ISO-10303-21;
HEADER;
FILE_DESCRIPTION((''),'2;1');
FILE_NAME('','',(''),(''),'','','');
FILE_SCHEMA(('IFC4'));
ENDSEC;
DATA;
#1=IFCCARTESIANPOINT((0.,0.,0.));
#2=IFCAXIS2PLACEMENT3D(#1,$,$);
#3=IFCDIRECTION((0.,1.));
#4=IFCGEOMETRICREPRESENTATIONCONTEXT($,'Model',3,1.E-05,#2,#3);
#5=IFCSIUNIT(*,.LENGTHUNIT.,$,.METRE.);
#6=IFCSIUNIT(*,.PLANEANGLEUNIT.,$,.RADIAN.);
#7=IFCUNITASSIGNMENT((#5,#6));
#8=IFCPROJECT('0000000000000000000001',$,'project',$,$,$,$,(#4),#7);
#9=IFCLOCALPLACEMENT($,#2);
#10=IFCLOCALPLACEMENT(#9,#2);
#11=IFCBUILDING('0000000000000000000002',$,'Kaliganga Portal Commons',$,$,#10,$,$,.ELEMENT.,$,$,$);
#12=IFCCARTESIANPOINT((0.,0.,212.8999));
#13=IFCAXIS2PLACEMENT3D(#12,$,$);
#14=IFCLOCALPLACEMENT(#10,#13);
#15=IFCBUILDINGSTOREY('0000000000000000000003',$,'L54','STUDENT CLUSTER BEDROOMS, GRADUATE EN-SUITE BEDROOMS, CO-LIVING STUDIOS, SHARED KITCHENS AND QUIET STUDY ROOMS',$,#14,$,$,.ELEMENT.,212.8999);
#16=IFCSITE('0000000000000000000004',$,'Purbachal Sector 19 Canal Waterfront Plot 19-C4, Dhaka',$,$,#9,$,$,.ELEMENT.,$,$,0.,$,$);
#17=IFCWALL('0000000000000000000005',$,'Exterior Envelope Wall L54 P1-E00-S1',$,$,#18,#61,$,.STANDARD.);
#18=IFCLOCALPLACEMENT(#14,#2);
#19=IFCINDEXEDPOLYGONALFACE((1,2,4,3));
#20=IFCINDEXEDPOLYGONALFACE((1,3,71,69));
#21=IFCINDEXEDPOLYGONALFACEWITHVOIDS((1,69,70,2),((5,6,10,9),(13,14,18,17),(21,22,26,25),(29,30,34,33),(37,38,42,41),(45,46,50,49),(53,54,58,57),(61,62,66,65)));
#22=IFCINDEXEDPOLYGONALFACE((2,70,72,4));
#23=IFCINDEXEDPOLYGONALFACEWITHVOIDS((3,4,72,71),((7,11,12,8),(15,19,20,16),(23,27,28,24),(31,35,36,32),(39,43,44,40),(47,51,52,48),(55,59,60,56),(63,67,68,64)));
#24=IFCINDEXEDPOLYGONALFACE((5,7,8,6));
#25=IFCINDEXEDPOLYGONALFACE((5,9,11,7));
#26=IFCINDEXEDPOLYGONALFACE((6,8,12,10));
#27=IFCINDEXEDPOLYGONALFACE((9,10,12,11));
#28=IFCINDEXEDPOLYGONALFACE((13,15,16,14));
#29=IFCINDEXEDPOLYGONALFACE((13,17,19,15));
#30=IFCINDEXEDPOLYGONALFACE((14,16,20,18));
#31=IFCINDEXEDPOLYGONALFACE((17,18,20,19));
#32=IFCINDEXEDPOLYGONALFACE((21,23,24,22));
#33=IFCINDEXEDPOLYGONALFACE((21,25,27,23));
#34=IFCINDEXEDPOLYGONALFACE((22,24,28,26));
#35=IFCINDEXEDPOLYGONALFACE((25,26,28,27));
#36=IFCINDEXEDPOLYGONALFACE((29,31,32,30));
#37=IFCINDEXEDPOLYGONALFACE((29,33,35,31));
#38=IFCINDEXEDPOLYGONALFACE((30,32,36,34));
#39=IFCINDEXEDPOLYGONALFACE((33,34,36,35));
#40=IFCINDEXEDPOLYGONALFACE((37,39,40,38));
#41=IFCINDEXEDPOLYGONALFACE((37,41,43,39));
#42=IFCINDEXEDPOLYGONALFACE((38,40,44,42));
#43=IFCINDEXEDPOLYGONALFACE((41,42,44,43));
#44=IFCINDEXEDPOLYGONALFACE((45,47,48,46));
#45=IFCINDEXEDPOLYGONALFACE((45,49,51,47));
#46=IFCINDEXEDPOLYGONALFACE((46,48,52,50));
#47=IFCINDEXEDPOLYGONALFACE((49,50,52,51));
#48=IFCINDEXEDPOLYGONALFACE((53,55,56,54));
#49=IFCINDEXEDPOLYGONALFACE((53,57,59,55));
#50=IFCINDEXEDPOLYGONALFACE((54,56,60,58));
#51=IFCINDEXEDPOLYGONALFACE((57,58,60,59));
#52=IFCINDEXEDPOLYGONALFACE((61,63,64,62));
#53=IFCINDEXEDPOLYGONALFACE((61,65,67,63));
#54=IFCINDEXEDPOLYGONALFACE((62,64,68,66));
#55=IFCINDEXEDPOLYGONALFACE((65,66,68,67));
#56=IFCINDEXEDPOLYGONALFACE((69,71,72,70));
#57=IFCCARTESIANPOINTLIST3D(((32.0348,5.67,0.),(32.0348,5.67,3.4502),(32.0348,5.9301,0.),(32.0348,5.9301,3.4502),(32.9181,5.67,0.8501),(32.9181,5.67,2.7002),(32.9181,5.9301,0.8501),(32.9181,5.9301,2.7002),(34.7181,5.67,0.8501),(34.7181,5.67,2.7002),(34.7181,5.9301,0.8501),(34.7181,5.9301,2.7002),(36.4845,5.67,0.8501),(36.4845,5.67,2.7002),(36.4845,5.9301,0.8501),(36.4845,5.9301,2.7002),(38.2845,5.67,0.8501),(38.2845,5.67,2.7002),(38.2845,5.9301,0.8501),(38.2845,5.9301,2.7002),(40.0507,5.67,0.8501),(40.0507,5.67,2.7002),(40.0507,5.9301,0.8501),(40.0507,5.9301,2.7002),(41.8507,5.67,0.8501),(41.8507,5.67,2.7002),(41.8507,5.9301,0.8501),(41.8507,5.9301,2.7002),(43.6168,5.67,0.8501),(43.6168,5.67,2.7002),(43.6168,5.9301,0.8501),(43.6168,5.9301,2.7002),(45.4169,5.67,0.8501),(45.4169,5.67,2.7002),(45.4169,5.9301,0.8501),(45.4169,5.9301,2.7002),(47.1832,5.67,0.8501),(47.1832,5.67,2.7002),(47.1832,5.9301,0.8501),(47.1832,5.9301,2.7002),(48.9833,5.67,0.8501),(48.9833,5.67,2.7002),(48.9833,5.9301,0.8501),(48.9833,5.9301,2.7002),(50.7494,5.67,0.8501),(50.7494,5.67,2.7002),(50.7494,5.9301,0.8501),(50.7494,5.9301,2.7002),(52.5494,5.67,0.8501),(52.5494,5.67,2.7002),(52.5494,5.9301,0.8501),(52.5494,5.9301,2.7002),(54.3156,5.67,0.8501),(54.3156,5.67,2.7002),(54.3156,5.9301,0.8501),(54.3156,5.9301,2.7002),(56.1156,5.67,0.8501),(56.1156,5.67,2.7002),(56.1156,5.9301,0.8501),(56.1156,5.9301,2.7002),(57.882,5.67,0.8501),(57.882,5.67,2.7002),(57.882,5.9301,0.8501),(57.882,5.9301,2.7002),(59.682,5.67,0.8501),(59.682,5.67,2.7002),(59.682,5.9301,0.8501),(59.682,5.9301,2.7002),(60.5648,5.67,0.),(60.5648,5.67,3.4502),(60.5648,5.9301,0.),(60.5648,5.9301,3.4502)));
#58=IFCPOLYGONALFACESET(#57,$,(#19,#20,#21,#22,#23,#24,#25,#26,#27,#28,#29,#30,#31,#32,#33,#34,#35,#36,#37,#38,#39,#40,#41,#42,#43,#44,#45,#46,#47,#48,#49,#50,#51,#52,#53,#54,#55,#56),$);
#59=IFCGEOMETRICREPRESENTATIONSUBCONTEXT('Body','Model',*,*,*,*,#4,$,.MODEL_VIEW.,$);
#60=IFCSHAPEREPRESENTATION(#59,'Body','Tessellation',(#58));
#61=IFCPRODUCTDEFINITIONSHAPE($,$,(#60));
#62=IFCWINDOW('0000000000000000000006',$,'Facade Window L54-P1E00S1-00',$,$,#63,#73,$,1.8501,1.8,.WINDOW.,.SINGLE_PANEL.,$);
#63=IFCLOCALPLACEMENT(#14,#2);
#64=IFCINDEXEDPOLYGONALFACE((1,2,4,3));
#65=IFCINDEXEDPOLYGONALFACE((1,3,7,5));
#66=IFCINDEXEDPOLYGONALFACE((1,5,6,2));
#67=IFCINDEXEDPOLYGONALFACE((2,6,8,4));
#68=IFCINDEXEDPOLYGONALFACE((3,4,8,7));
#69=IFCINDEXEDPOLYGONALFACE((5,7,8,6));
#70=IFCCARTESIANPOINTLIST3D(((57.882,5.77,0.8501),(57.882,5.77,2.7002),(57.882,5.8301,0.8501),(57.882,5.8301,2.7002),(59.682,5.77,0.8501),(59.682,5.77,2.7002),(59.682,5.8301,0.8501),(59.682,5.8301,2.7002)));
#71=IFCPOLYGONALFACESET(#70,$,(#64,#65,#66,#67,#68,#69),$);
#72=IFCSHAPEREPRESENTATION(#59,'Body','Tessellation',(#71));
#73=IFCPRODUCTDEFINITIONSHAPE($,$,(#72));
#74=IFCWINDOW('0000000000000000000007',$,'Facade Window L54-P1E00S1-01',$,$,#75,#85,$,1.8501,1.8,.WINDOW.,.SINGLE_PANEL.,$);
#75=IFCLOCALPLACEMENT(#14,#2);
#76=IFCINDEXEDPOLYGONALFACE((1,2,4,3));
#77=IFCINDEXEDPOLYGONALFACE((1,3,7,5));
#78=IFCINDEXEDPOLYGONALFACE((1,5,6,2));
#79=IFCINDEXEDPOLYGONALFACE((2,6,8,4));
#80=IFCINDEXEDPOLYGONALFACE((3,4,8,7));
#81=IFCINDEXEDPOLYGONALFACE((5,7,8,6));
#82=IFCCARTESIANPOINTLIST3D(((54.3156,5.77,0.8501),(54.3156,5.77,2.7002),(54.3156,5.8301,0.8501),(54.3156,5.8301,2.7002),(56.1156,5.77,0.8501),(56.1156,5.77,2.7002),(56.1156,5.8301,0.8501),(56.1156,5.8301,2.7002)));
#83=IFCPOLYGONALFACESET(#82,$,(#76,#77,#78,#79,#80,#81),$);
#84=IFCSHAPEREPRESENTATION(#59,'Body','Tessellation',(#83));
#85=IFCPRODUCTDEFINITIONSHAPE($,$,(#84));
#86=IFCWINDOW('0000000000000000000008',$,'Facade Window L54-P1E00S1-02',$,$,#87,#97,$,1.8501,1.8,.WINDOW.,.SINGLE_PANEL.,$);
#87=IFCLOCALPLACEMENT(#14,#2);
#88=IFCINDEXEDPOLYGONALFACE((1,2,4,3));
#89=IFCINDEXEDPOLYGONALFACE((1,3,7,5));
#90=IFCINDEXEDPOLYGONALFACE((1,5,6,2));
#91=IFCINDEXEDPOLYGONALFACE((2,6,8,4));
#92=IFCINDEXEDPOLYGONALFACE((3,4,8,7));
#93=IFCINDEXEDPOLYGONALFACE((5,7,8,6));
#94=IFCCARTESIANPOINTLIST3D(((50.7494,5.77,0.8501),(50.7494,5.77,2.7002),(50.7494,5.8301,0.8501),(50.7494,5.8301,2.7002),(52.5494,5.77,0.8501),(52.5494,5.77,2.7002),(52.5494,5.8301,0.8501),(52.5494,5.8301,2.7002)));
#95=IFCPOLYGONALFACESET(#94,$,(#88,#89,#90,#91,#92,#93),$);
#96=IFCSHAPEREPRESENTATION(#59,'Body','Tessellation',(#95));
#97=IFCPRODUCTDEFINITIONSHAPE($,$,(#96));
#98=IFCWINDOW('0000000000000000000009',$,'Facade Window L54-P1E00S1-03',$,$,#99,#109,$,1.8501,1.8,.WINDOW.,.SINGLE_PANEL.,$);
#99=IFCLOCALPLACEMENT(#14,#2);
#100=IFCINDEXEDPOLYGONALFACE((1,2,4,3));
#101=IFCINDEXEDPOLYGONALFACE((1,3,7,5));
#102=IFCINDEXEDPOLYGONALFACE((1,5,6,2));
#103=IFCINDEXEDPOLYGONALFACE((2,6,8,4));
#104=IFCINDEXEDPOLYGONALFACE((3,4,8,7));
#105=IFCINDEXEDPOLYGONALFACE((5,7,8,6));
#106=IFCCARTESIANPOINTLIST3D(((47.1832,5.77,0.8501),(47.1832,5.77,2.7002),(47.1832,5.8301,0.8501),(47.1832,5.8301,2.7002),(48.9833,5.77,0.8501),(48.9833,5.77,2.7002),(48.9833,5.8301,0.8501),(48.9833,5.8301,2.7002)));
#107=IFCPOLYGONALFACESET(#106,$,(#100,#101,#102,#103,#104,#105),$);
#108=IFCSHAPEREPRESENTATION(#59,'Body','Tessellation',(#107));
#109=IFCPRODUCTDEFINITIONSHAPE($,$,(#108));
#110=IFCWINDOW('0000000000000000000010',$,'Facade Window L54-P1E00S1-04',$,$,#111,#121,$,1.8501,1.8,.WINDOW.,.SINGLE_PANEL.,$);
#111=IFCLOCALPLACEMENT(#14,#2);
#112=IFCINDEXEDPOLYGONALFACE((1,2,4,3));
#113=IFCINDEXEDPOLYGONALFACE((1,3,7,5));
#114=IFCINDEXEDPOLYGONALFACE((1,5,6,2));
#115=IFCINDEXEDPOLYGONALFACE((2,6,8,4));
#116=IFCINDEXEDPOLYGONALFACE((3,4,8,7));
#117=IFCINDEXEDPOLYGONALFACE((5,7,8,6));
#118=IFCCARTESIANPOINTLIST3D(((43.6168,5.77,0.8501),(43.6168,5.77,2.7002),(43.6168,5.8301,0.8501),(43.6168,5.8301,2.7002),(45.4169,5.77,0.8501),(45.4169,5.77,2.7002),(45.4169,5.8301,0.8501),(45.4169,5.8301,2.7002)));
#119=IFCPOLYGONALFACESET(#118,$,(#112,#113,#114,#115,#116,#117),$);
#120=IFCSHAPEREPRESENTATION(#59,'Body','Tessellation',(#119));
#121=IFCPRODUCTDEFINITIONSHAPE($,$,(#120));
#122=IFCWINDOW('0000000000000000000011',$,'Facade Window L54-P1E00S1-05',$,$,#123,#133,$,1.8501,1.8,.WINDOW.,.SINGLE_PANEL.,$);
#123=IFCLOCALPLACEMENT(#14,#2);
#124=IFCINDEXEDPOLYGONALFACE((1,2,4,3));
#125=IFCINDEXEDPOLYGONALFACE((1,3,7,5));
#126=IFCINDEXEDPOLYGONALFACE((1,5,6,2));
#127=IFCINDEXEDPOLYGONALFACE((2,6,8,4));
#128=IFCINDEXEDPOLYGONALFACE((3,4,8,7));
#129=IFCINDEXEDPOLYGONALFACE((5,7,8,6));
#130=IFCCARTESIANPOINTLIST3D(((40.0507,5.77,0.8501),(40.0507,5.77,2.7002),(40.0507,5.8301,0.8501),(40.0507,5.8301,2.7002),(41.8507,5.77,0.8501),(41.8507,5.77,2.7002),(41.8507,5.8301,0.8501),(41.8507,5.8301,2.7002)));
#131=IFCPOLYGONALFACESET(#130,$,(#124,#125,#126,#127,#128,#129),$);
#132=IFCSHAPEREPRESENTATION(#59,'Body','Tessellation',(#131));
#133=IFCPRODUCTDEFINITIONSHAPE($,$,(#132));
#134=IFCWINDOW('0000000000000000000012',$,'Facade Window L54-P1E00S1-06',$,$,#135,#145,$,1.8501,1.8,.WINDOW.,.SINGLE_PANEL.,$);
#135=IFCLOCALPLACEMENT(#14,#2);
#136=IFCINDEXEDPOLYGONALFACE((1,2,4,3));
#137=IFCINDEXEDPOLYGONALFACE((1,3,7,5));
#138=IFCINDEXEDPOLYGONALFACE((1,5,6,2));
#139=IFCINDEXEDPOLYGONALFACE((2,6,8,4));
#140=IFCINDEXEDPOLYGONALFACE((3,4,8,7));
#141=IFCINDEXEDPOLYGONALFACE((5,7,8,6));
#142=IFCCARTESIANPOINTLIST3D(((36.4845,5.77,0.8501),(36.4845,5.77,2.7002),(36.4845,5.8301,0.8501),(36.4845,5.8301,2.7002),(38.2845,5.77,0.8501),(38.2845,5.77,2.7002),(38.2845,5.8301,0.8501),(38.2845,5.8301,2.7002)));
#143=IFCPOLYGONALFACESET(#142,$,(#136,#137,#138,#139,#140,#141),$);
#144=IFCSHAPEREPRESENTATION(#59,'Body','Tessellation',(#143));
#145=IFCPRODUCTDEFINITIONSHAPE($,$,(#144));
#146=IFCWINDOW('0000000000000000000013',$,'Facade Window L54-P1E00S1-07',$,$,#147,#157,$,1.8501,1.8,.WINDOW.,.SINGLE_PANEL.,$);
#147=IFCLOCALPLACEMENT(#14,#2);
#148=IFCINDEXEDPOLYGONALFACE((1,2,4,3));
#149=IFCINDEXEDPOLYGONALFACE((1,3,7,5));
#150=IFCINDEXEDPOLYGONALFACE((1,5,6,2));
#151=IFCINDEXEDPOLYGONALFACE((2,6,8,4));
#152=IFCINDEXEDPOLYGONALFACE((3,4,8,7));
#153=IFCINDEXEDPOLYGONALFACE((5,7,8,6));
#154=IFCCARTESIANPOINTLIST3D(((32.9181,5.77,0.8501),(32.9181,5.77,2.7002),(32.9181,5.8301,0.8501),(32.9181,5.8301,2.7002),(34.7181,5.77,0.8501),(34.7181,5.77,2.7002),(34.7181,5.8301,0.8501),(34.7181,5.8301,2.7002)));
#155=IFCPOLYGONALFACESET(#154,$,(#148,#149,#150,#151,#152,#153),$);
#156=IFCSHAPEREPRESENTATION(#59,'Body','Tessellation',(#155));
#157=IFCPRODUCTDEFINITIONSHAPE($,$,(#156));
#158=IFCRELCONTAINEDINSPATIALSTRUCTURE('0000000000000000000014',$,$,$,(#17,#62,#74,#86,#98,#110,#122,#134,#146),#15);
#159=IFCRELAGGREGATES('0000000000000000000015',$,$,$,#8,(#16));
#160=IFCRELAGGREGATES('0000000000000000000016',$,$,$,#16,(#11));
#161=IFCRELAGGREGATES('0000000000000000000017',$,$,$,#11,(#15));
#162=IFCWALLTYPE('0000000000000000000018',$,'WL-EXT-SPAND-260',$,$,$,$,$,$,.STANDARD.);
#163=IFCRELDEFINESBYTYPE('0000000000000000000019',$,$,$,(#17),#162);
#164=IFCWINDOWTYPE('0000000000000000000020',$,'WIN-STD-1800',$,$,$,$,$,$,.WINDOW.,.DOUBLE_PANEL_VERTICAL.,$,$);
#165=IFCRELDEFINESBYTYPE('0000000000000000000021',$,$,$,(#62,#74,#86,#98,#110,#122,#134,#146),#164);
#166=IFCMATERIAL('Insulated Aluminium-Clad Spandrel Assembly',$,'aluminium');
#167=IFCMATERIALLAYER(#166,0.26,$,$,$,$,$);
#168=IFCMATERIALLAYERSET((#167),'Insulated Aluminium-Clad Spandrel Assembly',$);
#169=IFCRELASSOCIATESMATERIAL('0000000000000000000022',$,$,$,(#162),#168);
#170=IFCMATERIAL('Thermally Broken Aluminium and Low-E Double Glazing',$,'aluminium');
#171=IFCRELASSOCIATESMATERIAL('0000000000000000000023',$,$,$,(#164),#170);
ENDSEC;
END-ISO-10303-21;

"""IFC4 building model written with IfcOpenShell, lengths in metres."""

from ifc_helpers import new_model, si_unit, direction, frame, frame_2d, origin, place, context, subcontext, project, spatial, rectangle, extrude, material, layer, layer_set, type_object, element, fill, save


model = new_model("IFC4")

# Units and contexts
model_context = context("Model", 3, precision=1e-05, world=origin(), true_north=direction((0.0, 1.0)))
body_context = subcontext(model_context, "Body", "Model", "MODEL_VIEW")
ifc_project = project(units=[si_unit("LENGTHUNIT", "METRE"), si_unit("PLANEANGLEUNIT", "RADIAN")], contexts=[model_context])

# Site, building, storey
site_placement = place(None, origin())
site = spatial("IfcSite", under=ifc_project, at=site_placement, Name="Purbachal Sector 19 Canal Waterfront Plot 19-C4, Dhaka", CompositionType="ELEMENT", RefElevation=0.0)
building_placement = place(site_placement, origin())
building = spatial("IfcBuilding", under=site, at=building_placement, Name="Kaliganga Portal Commons", CompositionType="ELEMENT")
storey_placement = place(building_placement, frame((0.0, 0.0, 212.8999)))
storey = spatial("IfcBuildingStorey", under=building, at=storey_placement, Name="L54", Description="STUDENT CLUSTER BEDROOMS, GRADUATE EN-SUITE BEDROOMS, CO-LIVING STUDIOS, SHARED KITCHENS AND QUIET STUDY ROOMS", CompositionType="ELEMENT", Elevation=212.8999)

# Wall, openings, windows
ifc_material_1 = material(Name="Insulated Aluminium-Clad Spandrel Assembly", Category="aluminium")
ifc_layer_1 = layer(ifc_material_1, 0.26)
ifc_layer_set_1 = layer_set([ifc_layer_1], Name="Insulated Aluminium-Clad Spandrel Assembly")
wall_type_1 = type_object("IfcWallType", Name="WL-EXT-SPAND-260", PredefinedType="STANDARD", material=ifc_layer_set_1)
wall_1_placement = place(storey_placement, frame((60.5649, 5.8, 0.0), z_axis=(0.0, 0.0, 1.0), x_axis=(-1.0, 0.0, 0.0)))
wall_1 = element("IfcWall", 1, at=wall_1_placement, inside=storey, type_object=wall_type_1, Name="Exterior Envelope Wall L54 P1-E00-S1", PredefinedType="STANDARD", context=body_context, shape_type="SweptSolid", body=[
    extrude(rectangle(XDim=28.53, YDim=0.26, at=frame_2d((14.2651, 0.0))), origin(), (0.0, 0.0, 1.0), 3.4502),
])
opening_1_placement = place(wall_1_placement, frame((0.8831, 0.0, 0.8501)))
opening_1 = element("IfcOpeningElement", 2, at=opening_1_placement, cuts=wall_1, PredefinedType="OPENING", context=body_context, shape_type="SweptSolid", body=[
    extrude(rectangle(XDim=1.8, YDim=1.8501, at=frame_2d((0.8999, 0.925))), frame((0.0, 0.1401, 0.0), z_axis=(0.0, -1.0, 0.0), x_axis=(1.0, 0.0, 0.0)), (0.0, 0.0, 1.0), 0.28),
])
opening_2_placement = place(wall_1_placement, frame((4.4495, 0.0, 0.8501)))
opening_2 = element("IfcOpeningElement", 3, at=opening_2_placement, cuts=wall_1, PredefinedType="OPENING", context=body_context, shape_type="SweptSolid", body=[
    extrude(rectangle(XDim=1.8, YDim=1.8501, at=frame_2d((0.8999, 0.925))), frame((0.0, 0.1401, 0.0), z_axis=(0.0, -1.0, 0.0), x_axis=(1.0, 0.0, 0.0)), (0.0, 0.0, 1.0), 0.28),
])
opening_3_placement = place(wall_1_placement, frame((8.0156, 0.0, 0.8501)))
opening_3 = element("IfcOpeningElement", 4, at=opening_3_placement, cuts=wall_1, PredefinedType="OPENING", context=body_context, shape_type="SweptSolid", body=[
    extrude(rectangle(XDim=1.8, YDim=1.8501, at=frame_2d((0.8999, 0.925))), frame((0.0, 0.1401, 0.0), z_axis=(0.0, -1.0, 0.0), x_axis=(1.0, 0.0, 0.0)), (0.0, 0.0, 1.0), 0.28),
])
opening_4_placement = place(wall_1_placement, frame((11.5818, 0.0, 0.8501)))
opening_4 = element("IfcOpeningElement", 5, at=opening_4_placement, cuts=wall_1, PredefinedType="OPENING", context=body_context, shape_type="SweptSolid", body=[
    extrude(rectangle(XDim=1.8, YDim=1.8501, at=frame_2d((0.8999, 0.925))), frame((0.0, 0.1401, 0.0), z_axis=(0.0, -1.0, 0.0), x_axis=(1.0, 0.0, 0.0)), (0.0, 0.0, 1.0), 0.28),
])
opening_5_placement = place(wall_1_placement, frame((15.1482, 0.0, 0.8501)))
opening_5 = element("IfcOpeningElement", 6, at=opening_5_placement, cuts=wall_1, PredefinedType="OPENING", context=body_context, shape_type="SweptSolid", body=[
    extrude(rectangle(XDim=1.8, YDim=1.8501, at=frame_2d((0.8999, 0.925))), frame((0.0, 0.1401, 0.0), z_axis=(0.0, -1.0, 0.0), x_axis=(1.0, 0.0, 0.0)), (0.0, 0.0, 1.0), 0.28),
])
opening_6_placement = place(wall_1_placement, frame((18.7144, 0.0, 0.8501)))
opening_6 = element("IfcOpeningElement", 7, at=opening_6_placement, cuts=wall_1, PredefinedType="OPENING", context=body_context, shape_type="SweptSolid", body=[
    extrude(rectangle(XDim=1.8, YDim=1.8501, at=frame_2d((0.8999, 0.925))), frame((0.0, 0.1401, 0.0), z_axis=(0.0, -1.0, 0.0), x_axis=(1.0, 0.0, 0.0)), (0.0, 0.0, 1.0), 0.28),
])
opening_7_placement = place(wall_1_placement, frame((22.2805, 0.0, 0.8501)))
opening_7 = element("IfcOpeningElement", 8, at=opening_7_placement, cuts=wall_1, PredefinedType="OPENING", context=body_context, shape_type="SweptSolid", body=[
    extrude(rectangle(XDim=1.8, YDim=1.8501, at=frame_2d((0.8999, 0.925))), frame((0.0, 0.1401, 0.0), z_axis=(0.0, -1.0, 0.0), x_axis=(1.0, 0.0, 0.0)), (0.0, 0.0, 1.0), 0.28),
])
opening_8_placement = place(wall_1_placement, frame((25.8469, 0.0, 0.8501)))
opening_8 = element("IfcOpeningElement", 9, at=opening_8_placement, cuts=wall_1, PredefinedType="OPENING", context=body_context, shape_type="SweptSolid", body=[
    extrude(rectangle(XDim=1.8, YDim=1.8501, at=frame_2d((0.8999, 0.925))), frame((0.0, 0.1401, 0.0), z_axis=(0.0, -1.0, 0.0), x_axis=(1.0, 0.0, 0.0)), (0.0, 0.0, 1.0), 0.28),
])
ifc_material_2 = material(Name="Thermally Broken Aluminium and Low-E Double Glazing", Category="aluminium")
window_type = type_object("IfcWindowType", Name="WIN-STD-1800", PartitioningType="DOUBLE_PANEL_VERTICAL", PredefinedType="WINDOW", material=ifc_material_2)
window_1_placement = place(opening_1_placement, origin())
window_1 = element("IfcWindow", 10, at=window_1_placement, inside=storey, type_object=window_type, Name="Facade Window L54-P1E00S1-00", OverallHeight=1.8501, OverallWidth=1.8, PartitioningType="SINGLE_PANEL", PredefinedType="WINDOW", context=body_context, shape_type="SweptSolid", body=[
    extrude(rectangle(XDim=1.8, YDim=1.8501, at=frame_2d((0.8999, 0.925))), frame((0.0, 0.03, 0.0), z_axis=(0.0, -1.0, 0.0), x_axis=(1.0, 0.0, 0.0)), (0.0, 0.0, 1.0), 0.0601),
])
fill(opening_1, window_1)
window_2_placement = place(opening_2_placement, origin())
window_2 = element("IfcWindow", 11, at=window_2_placement, inside=storey, type_object=window_type, Name="Facade Window L54-P1E00S1-01", OverallHeight=1.8501, OverallWidth=1.8, PartitioningType="SINGLE_PANEL", PredefinedType="WINDOW", context=body_context, shape_type="SweptSolid", body=[
    extrude(rectangle(XDim=1.8, YDim=1.8501, at=frame_2d((0.8999, 0.925))), frame((0.0, 0.03, 0.0), z_axis=(0.0, -1.0, 0.0), x_axis=(1.0, 0.0, 0.0)), (0.0, 0.0, 1.0), 0.0601),
])
fill(opening_2, window_2)
window_3_placement = place(opening_3_placement, origin())
window_3 = element("IfcWindow", 12, at=window_3_placement, inside=storey, type_object=window_type, Name="Facade Window L54-P1E00S1-02", OverallHeight=1.8501, OverallWidth=1.8, PartitioningType="SINGLE_PANEL", PredefinedType="WINDOW", context=body_context, shape_type="SweptSolid", body=[
    extrude(rectangle(XDim=1.8, YDim=1.8501, at=frame_2d((0.8999, 0.925))), frame((0.0, 0.03, 0.0), z_axis=(0.0, -1.0, 0.0), x_axis=(1.0, 0.0, 0.0)), (0.0, 0.0, 1.0), 0.0601),
])
fill(opening_3, window_3)
window_4_placement = place(opening_4_placement, origin())
window_4 = element("IfcWindow", 13, at=window_4_placement, inside=storey, type_object=window_type, Name="Facade Window L54-P1E00S1-03", OverallHeight=1.8501, OverallWidth=1.8, PartitioningType="SINGLE_PANEL", PredefinedType="WINDOW", context=body_context, shape_type="SweptSolid", body=[
    extrude(rectangle(XDim=1.8, YDim=1.8501, at=frame_2d((0.8999, 0.925))), frame((0.0, 0.03, 0.0), z_axis=(0.0, -1.0, 0.0), x_axis=(1.0, 0.0, 0.0)), (0.0, 0.0, 1.0), 0.0601),
])
fill(opening_4, window_4)
window_5_placement = place(opening_5_placement, origin())
window_5 = element("IfcWindow", 14, at=window_5_placement, inside=storey, type_object=window_type, Name="Facade Window L54-P1E00S1-04", OverallHeight=1.8501, OverallWidth=1.8, PartitioningType="SINGLE_PANEL", PredefinedType="WINDOW", context=body_context, shape_type="SweptSolid", body=[
    extrude(rectangle(XDim=1.8, YDim=1.8501, at=frame_2d((0.8999, 0.925))), frame((0.0, 0.03, 0.0), z_axis=(0.0, -1.0, 0.0), x_axis=(1.0, 0.0, 0.0)), (0.0, 0.0, 1.0), 0.0601),
])
fill(opening_5, window_5)
window_6_placement = place(opening_6_placement, origin())
window_6 = element("IfcWindow", 15, at=window_6_placement, inside=storey, type_object=window_type, Name="Facade Window L54-P1E00S1-05", OverallHeight=1.8501, OverallWidth=1.8, PartitioningType="SINGLE_PANEL", PredefinedType="WINDOW", context=body_context, shape_type="SweptSolid", body=[
    extrude(rectangle(XDim=1.8, YDim=1.8501, at=frame_2d((0.8999, 0.925))), frame((0.0, 0.03, 0.0), z_axis=(0.0, -1.0, 0.0), x_axis=(1.0, 0.0, 0.0)), (0.0, 0.0, 1.0), 0.0601),
])
fill(opening_6, window_6)
window_7_placement = place(opening_7_placement, origin())
window_7 = element("IfcWindow", 16, at=window_7_placement, inside=storey, type_object=window_type, Name="Facade Window L54-P1E00S1-06", OverallHeight=1.8501, OverallWidth=1.8, PartitioningType="SINGLE_PANEL", PredefinedType="WINDOW", context=body_context, shape_type="SweptSolid", body=[
    extrude(rectangle(XDim=1.8, YDim=1.8501, at=frame_2d((0.8999, 0.925))), frame((0.0, 0.03, 0.0), z_axis=(0.0, -1.0, 0.0), x_axis=(1.0, 0.0, 0.0)), (0.0, 0.0, 1.0), 0.0601),
])
fill(opening_7, window_7)
window_8_placement = place(opening_8_placement, origin())
window_8 = element("IfcWindow", 17, at=window_8_placement, inside=storey, type_object=window_type, Name="Facade Window L54-P1E00S1-07", OverallHeight=1.8501, OverallWidth=1.8, PartitioningType="SINGLE_PANEL", PredefinedType="WINDOW", context=body_context, shape_type="SweptSolid", body=[
    extrude(rectangle(XDim=1.8, YDim=1.8501, at=frame_2d((0.8999, 0.925))), frame((0.0, 0.03, 0.0), z_axis=(0.0, -1.0, 0.0), x_axis=(1.0, 0.0, 0.0)), (0.0, 0.0, 1.0), 0.0601),
])
fill(opening_8, window_8)

save(model, "model.ifc")
